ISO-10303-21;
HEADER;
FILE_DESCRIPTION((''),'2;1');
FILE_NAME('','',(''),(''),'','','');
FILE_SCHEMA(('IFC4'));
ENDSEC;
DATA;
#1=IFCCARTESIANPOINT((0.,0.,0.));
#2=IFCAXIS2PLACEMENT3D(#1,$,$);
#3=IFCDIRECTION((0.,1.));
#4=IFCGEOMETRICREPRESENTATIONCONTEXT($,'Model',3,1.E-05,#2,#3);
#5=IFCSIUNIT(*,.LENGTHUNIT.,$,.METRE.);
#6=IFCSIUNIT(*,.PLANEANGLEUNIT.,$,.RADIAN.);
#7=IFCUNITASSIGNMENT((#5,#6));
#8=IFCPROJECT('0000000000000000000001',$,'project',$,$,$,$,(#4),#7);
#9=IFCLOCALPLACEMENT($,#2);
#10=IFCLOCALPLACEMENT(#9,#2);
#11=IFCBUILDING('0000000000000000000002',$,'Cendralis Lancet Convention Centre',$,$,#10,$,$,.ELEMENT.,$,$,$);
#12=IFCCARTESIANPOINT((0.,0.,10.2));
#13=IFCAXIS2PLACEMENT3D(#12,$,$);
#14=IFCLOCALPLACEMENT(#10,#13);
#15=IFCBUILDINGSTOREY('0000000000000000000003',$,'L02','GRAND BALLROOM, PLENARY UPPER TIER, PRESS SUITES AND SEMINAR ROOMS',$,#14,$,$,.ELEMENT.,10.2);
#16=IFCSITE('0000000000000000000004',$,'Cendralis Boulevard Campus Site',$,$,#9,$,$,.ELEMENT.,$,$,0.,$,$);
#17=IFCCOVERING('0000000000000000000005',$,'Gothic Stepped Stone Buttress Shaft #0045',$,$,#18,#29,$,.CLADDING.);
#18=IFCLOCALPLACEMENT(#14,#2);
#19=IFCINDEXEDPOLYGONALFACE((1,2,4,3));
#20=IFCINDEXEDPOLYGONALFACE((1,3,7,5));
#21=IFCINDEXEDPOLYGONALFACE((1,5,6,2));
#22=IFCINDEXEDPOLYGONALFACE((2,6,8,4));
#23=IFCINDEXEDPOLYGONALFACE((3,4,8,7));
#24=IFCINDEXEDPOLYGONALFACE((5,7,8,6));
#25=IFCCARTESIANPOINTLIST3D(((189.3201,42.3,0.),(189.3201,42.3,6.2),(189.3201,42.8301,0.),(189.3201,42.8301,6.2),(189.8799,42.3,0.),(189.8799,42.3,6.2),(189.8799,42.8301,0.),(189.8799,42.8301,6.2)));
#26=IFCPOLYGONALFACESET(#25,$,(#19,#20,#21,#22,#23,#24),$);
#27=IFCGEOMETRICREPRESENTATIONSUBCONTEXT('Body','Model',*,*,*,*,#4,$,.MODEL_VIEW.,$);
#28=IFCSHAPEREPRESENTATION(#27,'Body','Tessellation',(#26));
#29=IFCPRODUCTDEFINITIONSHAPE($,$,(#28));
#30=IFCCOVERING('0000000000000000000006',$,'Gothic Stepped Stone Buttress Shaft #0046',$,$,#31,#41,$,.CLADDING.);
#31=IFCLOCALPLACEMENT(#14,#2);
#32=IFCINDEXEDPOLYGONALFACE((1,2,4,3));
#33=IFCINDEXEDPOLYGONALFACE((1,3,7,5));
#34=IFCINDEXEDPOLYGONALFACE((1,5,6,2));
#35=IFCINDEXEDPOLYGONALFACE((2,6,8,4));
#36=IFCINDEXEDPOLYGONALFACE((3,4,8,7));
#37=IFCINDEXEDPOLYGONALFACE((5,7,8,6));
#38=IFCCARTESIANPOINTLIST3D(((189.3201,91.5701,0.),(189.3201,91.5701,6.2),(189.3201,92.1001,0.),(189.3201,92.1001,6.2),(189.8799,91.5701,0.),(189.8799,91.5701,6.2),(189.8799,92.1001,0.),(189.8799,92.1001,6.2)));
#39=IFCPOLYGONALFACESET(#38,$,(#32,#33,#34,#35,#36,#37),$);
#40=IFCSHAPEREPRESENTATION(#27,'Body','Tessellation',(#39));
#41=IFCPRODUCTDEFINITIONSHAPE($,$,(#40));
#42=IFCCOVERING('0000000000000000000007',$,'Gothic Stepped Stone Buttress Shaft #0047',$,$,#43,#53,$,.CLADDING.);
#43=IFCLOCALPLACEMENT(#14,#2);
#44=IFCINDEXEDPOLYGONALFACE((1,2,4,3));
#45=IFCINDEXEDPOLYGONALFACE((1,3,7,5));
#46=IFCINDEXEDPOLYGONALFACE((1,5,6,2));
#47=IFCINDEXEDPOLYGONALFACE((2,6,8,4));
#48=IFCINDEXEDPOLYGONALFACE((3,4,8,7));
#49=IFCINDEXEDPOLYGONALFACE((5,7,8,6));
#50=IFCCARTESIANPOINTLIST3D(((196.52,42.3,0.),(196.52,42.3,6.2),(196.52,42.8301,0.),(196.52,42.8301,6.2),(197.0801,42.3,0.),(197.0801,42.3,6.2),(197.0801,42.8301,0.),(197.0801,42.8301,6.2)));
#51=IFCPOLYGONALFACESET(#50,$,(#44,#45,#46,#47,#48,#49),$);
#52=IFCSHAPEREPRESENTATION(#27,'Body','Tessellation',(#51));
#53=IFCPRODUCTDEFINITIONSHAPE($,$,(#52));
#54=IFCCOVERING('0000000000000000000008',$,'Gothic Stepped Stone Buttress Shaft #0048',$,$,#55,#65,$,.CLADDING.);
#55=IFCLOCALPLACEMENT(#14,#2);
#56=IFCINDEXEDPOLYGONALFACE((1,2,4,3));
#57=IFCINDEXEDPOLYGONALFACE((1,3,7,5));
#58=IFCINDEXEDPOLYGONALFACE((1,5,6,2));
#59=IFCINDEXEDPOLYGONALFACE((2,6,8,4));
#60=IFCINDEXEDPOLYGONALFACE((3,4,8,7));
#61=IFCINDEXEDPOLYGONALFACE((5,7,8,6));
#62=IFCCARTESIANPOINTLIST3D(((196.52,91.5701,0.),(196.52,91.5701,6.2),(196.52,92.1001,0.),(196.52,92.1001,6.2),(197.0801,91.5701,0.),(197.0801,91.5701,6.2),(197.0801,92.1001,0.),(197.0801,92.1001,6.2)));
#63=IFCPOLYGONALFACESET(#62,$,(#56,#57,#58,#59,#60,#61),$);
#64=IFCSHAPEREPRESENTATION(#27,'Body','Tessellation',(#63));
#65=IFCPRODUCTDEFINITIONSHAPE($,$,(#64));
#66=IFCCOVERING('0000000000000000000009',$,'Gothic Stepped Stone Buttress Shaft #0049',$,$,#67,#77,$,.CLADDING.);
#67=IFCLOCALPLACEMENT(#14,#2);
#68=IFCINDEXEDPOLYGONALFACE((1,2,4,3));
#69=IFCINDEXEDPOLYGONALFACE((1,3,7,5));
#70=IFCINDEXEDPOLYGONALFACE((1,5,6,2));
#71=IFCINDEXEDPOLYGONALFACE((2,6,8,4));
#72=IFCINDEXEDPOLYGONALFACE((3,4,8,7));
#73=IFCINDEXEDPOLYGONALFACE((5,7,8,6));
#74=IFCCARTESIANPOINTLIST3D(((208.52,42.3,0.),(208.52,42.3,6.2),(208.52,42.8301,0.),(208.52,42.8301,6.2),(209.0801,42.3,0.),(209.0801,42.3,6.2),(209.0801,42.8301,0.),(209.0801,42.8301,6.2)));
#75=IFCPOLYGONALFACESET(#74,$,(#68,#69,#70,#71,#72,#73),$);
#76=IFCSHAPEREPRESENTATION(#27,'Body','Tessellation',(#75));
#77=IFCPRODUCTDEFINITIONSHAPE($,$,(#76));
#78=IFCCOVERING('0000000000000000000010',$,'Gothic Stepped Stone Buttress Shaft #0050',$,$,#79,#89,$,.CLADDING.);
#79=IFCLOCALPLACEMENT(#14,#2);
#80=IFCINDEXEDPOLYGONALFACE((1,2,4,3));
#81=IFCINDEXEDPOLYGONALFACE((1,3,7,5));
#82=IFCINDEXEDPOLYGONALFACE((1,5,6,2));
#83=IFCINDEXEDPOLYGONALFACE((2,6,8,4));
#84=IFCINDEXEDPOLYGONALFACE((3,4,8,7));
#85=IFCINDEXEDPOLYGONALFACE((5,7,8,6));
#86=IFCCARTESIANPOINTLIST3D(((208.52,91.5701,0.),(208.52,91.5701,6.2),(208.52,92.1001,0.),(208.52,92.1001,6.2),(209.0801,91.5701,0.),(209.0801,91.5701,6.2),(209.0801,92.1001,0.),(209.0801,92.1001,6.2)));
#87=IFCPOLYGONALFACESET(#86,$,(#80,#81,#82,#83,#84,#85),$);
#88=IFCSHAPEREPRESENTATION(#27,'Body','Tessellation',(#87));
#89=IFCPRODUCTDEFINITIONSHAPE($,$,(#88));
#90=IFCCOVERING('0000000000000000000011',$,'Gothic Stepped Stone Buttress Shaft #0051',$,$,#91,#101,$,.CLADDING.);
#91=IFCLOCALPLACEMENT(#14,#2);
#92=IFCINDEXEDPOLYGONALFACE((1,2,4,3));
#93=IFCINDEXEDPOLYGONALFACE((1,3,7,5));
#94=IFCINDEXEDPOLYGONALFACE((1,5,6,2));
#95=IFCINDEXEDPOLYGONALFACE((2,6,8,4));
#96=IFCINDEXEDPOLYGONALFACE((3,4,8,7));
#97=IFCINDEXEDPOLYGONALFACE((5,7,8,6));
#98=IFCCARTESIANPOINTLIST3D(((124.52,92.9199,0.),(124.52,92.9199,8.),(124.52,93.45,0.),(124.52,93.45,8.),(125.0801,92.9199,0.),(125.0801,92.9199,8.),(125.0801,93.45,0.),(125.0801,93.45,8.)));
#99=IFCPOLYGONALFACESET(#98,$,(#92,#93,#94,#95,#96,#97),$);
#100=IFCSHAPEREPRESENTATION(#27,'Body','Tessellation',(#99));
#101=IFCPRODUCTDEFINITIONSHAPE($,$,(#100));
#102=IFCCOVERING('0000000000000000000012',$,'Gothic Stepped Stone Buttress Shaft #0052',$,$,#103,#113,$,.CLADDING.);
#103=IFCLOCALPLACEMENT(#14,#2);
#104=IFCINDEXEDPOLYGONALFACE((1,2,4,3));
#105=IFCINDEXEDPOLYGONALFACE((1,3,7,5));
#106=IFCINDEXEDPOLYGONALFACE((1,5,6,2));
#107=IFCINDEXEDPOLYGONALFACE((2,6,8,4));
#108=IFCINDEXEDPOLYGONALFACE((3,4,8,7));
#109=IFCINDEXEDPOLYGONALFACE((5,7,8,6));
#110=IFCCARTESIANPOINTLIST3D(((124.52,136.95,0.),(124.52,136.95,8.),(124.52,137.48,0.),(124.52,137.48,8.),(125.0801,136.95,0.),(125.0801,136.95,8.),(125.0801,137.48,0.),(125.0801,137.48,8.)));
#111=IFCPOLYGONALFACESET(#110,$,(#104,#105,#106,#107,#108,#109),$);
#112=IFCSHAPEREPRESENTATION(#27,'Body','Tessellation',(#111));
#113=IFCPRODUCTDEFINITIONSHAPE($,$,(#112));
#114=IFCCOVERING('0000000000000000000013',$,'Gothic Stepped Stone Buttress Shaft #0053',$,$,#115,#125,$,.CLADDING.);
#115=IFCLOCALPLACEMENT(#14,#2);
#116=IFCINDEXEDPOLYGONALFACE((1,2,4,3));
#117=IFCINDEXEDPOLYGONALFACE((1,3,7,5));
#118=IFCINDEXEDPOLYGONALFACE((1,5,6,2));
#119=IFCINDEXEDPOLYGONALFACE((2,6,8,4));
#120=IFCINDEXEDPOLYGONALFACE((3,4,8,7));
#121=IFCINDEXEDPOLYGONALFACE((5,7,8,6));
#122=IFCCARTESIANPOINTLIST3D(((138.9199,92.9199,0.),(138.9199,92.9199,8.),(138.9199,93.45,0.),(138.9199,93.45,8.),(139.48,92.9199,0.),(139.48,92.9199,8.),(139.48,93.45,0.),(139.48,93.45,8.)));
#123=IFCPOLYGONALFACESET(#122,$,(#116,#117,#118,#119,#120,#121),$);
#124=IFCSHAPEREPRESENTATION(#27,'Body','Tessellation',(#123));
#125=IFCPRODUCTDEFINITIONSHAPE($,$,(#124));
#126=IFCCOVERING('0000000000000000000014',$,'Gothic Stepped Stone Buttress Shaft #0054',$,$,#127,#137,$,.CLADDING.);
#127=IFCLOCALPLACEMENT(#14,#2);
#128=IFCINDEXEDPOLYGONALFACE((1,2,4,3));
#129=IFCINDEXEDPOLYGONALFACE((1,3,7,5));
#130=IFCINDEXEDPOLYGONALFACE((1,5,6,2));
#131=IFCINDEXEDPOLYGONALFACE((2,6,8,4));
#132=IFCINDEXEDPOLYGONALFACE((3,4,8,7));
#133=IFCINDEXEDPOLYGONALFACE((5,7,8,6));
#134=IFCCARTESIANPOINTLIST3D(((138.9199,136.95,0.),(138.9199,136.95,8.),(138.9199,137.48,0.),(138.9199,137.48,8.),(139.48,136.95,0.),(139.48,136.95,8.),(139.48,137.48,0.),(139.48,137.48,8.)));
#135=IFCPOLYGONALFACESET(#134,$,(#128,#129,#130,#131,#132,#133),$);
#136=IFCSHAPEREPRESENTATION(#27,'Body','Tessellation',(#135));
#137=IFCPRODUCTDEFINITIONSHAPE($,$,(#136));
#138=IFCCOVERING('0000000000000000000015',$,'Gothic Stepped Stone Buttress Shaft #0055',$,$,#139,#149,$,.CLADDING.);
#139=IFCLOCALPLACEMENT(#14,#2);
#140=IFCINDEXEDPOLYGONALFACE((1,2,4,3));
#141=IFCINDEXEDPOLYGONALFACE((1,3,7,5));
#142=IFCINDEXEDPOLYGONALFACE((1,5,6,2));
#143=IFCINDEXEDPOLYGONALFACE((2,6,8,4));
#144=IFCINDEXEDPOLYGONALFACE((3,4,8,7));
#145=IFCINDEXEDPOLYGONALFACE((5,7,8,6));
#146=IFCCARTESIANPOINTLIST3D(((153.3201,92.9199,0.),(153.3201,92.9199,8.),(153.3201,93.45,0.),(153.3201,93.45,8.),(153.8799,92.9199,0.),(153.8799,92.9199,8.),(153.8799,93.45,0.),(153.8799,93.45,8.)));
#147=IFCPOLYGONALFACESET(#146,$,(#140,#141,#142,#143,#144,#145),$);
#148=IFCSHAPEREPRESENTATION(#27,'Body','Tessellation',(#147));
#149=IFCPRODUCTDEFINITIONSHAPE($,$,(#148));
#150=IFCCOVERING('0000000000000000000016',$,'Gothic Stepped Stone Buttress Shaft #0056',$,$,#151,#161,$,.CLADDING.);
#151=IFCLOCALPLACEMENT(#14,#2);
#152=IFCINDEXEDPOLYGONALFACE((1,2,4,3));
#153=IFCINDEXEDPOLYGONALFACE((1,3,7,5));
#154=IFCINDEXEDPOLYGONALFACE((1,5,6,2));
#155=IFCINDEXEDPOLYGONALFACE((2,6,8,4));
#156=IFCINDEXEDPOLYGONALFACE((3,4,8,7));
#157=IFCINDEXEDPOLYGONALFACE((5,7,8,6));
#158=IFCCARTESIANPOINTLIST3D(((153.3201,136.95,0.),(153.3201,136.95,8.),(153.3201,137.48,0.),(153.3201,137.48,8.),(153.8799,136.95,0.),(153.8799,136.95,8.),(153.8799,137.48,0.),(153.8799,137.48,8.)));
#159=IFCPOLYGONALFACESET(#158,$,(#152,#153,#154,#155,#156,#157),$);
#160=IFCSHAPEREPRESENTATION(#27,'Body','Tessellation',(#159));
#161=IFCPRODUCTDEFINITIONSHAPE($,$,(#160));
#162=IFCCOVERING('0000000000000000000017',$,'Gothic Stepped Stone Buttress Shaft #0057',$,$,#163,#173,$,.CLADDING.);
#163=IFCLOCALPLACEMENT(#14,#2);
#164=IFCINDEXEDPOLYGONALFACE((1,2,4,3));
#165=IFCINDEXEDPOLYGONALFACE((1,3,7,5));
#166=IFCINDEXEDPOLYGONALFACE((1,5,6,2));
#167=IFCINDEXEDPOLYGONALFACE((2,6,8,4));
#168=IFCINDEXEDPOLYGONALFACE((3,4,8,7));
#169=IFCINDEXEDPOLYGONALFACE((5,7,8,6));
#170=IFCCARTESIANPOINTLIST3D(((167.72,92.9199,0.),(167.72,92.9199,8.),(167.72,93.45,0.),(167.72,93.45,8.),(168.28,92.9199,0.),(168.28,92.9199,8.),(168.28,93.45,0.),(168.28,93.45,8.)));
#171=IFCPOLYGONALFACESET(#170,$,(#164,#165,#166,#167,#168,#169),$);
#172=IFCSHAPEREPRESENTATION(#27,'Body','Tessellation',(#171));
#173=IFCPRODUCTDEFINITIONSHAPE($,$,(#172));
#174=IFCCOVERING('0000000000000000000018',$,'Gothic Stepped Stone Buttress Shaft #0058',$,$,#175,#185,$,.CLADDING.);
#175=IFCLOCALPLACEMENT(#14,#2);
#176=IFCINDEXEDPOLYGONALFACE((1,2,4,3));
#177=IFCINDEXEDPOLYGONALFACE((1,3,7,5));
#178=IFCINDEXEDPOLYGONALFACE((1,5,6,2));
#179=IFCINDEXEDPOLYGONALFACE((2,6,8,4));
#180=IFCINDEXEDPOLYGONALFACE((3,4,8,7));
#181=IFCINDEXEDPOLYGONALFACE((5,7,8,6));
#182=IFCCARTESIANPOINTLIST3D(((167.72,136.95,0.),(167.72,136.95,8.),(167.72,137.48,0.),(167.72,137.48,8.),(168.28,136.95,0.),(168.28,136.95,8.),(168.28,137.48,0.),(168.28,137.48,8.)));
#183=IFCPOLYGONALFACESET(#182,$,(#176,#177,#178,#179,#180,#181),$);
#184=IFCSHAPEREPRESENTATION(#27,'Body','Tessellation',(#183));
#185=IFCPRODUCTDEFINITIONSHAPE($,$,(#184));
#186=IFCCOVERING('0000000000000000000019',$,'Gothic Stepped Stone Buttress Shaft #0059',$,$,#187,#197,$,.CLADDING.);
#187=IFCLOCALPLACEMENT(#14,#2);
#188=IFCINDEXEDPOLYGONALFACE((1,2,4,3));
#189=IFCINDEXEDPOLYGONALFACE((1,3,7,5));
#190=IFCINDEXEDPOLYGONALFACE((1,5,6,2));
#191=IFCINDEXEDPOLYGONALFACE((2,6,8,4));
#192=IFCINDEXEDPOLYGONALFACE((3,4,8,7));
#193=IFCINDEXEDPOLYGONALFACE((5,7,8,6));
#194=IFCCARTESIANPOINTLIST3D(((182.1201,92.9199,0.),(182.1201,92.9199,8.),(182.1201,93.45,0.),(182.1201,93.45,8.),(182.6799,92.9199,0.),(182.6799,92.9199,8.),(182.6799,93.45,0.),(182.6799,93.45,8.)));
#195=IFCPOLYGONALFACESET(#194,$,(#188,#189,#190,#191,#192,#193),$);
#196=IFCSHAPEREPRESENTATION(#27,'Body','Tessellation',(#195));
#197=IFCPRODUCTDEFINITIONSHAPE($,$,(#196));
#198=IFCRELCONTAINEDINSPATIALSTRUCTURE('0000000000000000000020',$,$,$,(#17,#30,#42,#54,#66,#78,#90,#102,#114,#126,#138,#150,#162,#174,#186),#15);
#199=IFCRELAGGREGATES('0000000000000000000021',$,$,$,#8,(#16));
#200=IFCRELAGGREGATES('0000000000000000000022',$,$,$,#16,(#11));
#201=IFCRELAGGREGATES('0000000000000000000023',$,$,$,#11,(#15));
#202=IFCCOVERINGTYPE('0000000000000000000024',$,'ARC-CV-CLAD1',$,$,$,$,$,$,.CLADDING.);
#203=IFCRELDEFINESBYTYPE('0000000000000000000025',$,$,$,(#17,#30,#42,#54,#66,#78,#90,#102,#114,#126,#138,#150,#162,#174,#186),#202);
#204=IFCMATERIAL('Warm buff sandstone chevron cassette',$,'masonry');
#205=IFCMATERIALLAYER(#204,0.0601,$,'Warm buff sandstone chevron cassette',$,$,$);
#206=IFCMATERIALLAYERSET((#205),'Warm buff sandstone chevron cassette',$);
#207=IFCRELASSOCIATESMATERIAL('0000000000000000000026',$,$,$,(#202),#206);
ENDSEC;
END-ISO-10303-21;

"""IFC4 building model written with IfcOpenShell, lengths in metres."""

from ifc_helpers import new_model, si_unit, direction, frame, origin, place, context, subcontext, project, spatial, polyline, outline, extrude, material, layer, layer_set, type_object, element, save


model = new_model("IFC4")

# Units and contexts
model_context = context("Model", 3, precision=1e-05, world=origin(), true_north=direction((0.0, 1.0)))
body_context = subcontext(model_context, "Body", "Model", "MODEL_VIEW")
ifc_project = project(units=[si_unit("LENGTHUNIT", "METRE"), si_unit("PLANEANGLEUNIT", "RADIAN")], contexts=[model_context])

# Site, building, storey
site_placement = place(None, origin())
site = spatial("IfcSite", under=ifc_project, at=site_placement, Name="Cendralis Boulevard Campus Site", CompositionType="ELEMENT", RefElevation=0.0)
building_placement = place(site_placement, origin())
building = spatial("IfcBuilding", under=site, at=building_placement, Name="Cendralis Lancet Convention Centre", CompositionType="ELEMENT")
storey_placement = place(building_placement, frame((0.0, 0.0, 10.2)))
storey = spatial("IfcBuildingStorey", under=building, at=storey_placement, Name="L02", Description="GRAND BALLROOM, PLENARY UPPER TIER, PRESS SUITES AND SEMINAR ROOMS", CompositionType="ELEMENT", Elevation=10.2)

# Coverings
ifc_material = material(Name="Warm buff sandstone chevron cassette", Category="masonry")
ifc_layer = layer(ifc_material, 0.0601, Name="Warm buff sandstone chevron cassette")
ifc_layer_set = layer_set([ifc_layer], Name="Warm buff sandstone chevron cassette")
covering_type = type_object("IfcCoveringType", Name="ARC-CV-CLAD1", PredefinedType="CLADDING", material=ifc_layer_set)
covering_1_placement = place(storey_placement, origin())
element("IfcCovering", 1, at=covering_1_placement, inside=storey, type_object=covering_type, Name="Gothic Stepped Stone Buttress Shaft #0045", PredefinedType="CLADDING", context=body_context, shape_type="SweptSolid", body=[
    extrude(outline(polyline([(189.3201, 42.3), (189.8799, 42.3), (189.8799, 42.8301), (189.3201, 42.8301), (189.3201, 42.3)])), origin(), (0.0, 0.0, 1.0), 6.2),
])
covering_2_placement = place(storey_placement, origin())
element("IfcCovering", 2, at=covering_2_placement, inside=storey, type_object=covering_type, Name="Gothic Stepped Stone Buttress Shaft #0046", PredefinedType="CLADDING", context=body_context, shape_type="SweptSolid", body=[
    extrude(outline(polyline([(189.8799, 92.1001), (189.3201, 92.1001), (189.3201, 91.5701), (189.8799, 91.5701), (189.8799, 92.1001)])), origin(), (0.0, 0.0, 1.0), 6.2),
])
covering_3_placement = place(storey_placement, origin())
element("IfcCovering", 3, at=covering_3_placement, inside=storey, type_object=covering_type, Name="Gothic Stepped Stone Buttress Shaft #0047", PredefinedType="CLADDING", context=body_context, shape_type="SweptSolid", body=[
    extrude(outline(polyline([(196.52, 42.3), (197.0801, 42.3), (197.0801, 42.8301), (196.52, 42.8301), (196.52, 42.3)])), origin(), (0.0, 0.0, 1.0), 6.2),
])
covering_4_placement = place(storey_placement, origin())
element("IfcCovering", 4, at=covering_4_placement, inside=storey, type_object=covering_type, Name="Gothic Stepped Stone Buttress Shaft #0048", PredefinedType="CLADDING", context=body_context, shape_type="SweptSolid", body=[
    extrude(outline(polyline([(197.0801, 92.1001), (196.52, 92.1001), (196.52, 91.5701), (197.0801, 91.5701), (197.0801, 92.1001)])), origin(), (0.0, 0.0, 1.0), 6.2),
])
covering_5_placement = place(storey_placement, origin())
element("IfcCovering", 5, at=covering_5_placement, inside=storey, type_object=covering_type, Name="Gothic Stepped Stone Buttress Shaft #0049", PredefinedType="CLADDING", context=body_context, shape_type="SweptSolid", body=[
    extrude(outline(polyline([(208.52, 42.3), (209.0801, 42.3), (209.0801, 42.8301), (208.52, 42.8301), (208.52, 42.3)])), origin(), (0.0, 0.0, 1.0), 6.2),
])
covering_6_placement = place(storey_placement, origin())
element("IfcCovering", 6, at=covering_6_placement, inside=storey, type_object=covering_type, Name="Gothic Stepped Stone Buttress Shaft #0050", PredefinedType="CLADDING", context=body_context, shape_type="SweptSolid", body=[
    extrude(outline(polyline([(209.0801, 92.1001), (208.52, 92.1001), (208.52, 91.5701), (209.0801, 91.5701), (209.0801, 92.1001)])), origin(), (0.0, 0.0, 1.0), 6.2),
])
covering_7_placement = place(storey_placement, origin())
element("IfcCovering", 7, at=covering_7_placement, inside=storey, type_object=covering_type, Name="Gothic Stepped Stone Buttress Shaft #0051", PredefinedType="CLADDING", context=body_context, shape_type="SweptSolid", body=[
    extrude(outline(polyline([(124.52, 92.9199), (125.0801, 92.9199), (125.0801, 93.45), (124.52, 93.45), (124.52, 92.9199)])), origin(), (0.0, 0.0, 1.0), 8.0),
])
covering_8_placement = place(storey_placement, origin())
element("IfcCovering", 8, at=covering_8_placement, inside=storey, type_object=covering_type, Name="Gothic Stepped Stone Buttress Shaft #0052", PredefinedType="CLADDING", context=body_context, shape_type="SweptSolid", body=[
    extrude(outline(polyline([(125.0801, 137.48), (124.52, 137.48), (124.52, 136.95), (125.0801, 136.95), (125.0801, 137.48)])), origin(), (0.0, 0.0, 1.0), 8.0),
])
covering_9_placement = place(storey_placement, origin())
element("IfcCovering", 9, at=covering_9_placement, inside=storey, type_object=covering_type, Name="Gothic Stepped Stone Buttress Shaft #0053", PredefinedType="CLADDING", context=body_context, shape_type="SweptSolid", body=[
    extrude(outline(polyline([(138.9199, 92.9199), (139.48, 92.9199), (139.48, 93.45), (138.9199, 93.45), (138.9199, 92.9199)])), origin(), (0.0, 0.0, 1.0), 8.0),
])
covering_10_placement = place(storey_placement, origin())
element("IfcCovering", 10, at=covering_10_placement, inside=storey, type_object=covering_type, Name="Gothic Stepped Stone Buttress Shaft #0054", PredefinedType="CLADDING", context=body_context, shape_type="SweptSolid", body=[
    extrude(outline(polyline([(139.48, 137.48), (138.9199, 137.48), (138.9199, 136.95), (139.48, 136.95), (139.48, 137.48)])), origin(), (0.0, 0.0, 1.0), 8.0),
])
covering_11_placement = place(storey_placement, origin())
element("IfcCovering", 11, at=covering_11_placement, inside=storey, type_object=covering_type, Name="Gothic Stepped Stone Buttress Shaft #0055", PredefinedType="CLADDING", context=body_context, shape_type="SweptSolid", body=[
    extrude(outline(polyline([(153.3201, 92.9199), (153.8799, 92.9199), (153.8799, 93.45), (153.3201, 93.45), (153.3201, 92.9199)])), origin(), (0.0, 0.0, 1.0), 8.0),
])
covering_12_placement = place(storey_placement, origin())
element("IfcCovering", 12, at=covering_12_placement, inside=storey, type_object=covering_type, Name="Gothic Stepped Stone Buttress Shaft #0056", PredefinedType="CLADDING", context=body_context, shape_type="SweptSolid", body=[
    extrude(outline(polyline([(153.8799, 137.48), (153.3201, 137.48), (153.3201, 136.95), (153.8799, 136.95), (153.8799, 137.48)])), origin(), (0.0, 0.0, 1.0), 8.0),
])
covering_13_placement = place(storey_placement, origin())
element("IfcCovering", 13, at=covering_13_placement, inside=storey, type_object=covering_type, Name="Gothic Stepped Stone Buttress Shaft #0057", PredefinedType="CLADDING", context=body_context, shape_type="SweptSolid", body=[
    extrude(outline(polyline([(167.72, 92.9199), (168.28, 92.9199), (168.28, 93.45), (167.72, 93.45), (167.72, 92.9199)])), origin(), (0.0, 0.0, 1.0), 8.0),
])
covering_14_placement = place(storey_placement, origin())
element("IfcCovering", 14, at=covering_14_placement, inside=storey, type_object=covering_type, Name="Gothic Stepped Stone Buttress Shaft #0058", PredefinedType="CLADDING", context=body_context, shape_type="SweptSolid", body=[
    extrude(outline(polyline([(168.28, 137.48), (167.72, 137.48), (167.72, 136.95), (168.28, 136.95), (168.28, 137.48)])), origin(), (0.0, 0.0, 1.0), 8.0),
])
covering_15_placement = place(storey_placement, origin())
element("IfcCovering", 15, at=covering_15_placement, inside=storey, type_object=covering_type, Name="Gothic Stepped Stone Buttress Shaft #0059", PredefinedType="CLADDING", context=body_context, shape_type="SweptSolid", body=[
    extrude(outline(polyline([(182.1201, 92.9199), (182.6799, 92.9199), (182.6799, 93.45), (182.1201, 93.45), (182.1201, 92.9199)])), origin(), (0.0, 0.0, 1.0), 8.0),
])

save(model, "model.ifc")
